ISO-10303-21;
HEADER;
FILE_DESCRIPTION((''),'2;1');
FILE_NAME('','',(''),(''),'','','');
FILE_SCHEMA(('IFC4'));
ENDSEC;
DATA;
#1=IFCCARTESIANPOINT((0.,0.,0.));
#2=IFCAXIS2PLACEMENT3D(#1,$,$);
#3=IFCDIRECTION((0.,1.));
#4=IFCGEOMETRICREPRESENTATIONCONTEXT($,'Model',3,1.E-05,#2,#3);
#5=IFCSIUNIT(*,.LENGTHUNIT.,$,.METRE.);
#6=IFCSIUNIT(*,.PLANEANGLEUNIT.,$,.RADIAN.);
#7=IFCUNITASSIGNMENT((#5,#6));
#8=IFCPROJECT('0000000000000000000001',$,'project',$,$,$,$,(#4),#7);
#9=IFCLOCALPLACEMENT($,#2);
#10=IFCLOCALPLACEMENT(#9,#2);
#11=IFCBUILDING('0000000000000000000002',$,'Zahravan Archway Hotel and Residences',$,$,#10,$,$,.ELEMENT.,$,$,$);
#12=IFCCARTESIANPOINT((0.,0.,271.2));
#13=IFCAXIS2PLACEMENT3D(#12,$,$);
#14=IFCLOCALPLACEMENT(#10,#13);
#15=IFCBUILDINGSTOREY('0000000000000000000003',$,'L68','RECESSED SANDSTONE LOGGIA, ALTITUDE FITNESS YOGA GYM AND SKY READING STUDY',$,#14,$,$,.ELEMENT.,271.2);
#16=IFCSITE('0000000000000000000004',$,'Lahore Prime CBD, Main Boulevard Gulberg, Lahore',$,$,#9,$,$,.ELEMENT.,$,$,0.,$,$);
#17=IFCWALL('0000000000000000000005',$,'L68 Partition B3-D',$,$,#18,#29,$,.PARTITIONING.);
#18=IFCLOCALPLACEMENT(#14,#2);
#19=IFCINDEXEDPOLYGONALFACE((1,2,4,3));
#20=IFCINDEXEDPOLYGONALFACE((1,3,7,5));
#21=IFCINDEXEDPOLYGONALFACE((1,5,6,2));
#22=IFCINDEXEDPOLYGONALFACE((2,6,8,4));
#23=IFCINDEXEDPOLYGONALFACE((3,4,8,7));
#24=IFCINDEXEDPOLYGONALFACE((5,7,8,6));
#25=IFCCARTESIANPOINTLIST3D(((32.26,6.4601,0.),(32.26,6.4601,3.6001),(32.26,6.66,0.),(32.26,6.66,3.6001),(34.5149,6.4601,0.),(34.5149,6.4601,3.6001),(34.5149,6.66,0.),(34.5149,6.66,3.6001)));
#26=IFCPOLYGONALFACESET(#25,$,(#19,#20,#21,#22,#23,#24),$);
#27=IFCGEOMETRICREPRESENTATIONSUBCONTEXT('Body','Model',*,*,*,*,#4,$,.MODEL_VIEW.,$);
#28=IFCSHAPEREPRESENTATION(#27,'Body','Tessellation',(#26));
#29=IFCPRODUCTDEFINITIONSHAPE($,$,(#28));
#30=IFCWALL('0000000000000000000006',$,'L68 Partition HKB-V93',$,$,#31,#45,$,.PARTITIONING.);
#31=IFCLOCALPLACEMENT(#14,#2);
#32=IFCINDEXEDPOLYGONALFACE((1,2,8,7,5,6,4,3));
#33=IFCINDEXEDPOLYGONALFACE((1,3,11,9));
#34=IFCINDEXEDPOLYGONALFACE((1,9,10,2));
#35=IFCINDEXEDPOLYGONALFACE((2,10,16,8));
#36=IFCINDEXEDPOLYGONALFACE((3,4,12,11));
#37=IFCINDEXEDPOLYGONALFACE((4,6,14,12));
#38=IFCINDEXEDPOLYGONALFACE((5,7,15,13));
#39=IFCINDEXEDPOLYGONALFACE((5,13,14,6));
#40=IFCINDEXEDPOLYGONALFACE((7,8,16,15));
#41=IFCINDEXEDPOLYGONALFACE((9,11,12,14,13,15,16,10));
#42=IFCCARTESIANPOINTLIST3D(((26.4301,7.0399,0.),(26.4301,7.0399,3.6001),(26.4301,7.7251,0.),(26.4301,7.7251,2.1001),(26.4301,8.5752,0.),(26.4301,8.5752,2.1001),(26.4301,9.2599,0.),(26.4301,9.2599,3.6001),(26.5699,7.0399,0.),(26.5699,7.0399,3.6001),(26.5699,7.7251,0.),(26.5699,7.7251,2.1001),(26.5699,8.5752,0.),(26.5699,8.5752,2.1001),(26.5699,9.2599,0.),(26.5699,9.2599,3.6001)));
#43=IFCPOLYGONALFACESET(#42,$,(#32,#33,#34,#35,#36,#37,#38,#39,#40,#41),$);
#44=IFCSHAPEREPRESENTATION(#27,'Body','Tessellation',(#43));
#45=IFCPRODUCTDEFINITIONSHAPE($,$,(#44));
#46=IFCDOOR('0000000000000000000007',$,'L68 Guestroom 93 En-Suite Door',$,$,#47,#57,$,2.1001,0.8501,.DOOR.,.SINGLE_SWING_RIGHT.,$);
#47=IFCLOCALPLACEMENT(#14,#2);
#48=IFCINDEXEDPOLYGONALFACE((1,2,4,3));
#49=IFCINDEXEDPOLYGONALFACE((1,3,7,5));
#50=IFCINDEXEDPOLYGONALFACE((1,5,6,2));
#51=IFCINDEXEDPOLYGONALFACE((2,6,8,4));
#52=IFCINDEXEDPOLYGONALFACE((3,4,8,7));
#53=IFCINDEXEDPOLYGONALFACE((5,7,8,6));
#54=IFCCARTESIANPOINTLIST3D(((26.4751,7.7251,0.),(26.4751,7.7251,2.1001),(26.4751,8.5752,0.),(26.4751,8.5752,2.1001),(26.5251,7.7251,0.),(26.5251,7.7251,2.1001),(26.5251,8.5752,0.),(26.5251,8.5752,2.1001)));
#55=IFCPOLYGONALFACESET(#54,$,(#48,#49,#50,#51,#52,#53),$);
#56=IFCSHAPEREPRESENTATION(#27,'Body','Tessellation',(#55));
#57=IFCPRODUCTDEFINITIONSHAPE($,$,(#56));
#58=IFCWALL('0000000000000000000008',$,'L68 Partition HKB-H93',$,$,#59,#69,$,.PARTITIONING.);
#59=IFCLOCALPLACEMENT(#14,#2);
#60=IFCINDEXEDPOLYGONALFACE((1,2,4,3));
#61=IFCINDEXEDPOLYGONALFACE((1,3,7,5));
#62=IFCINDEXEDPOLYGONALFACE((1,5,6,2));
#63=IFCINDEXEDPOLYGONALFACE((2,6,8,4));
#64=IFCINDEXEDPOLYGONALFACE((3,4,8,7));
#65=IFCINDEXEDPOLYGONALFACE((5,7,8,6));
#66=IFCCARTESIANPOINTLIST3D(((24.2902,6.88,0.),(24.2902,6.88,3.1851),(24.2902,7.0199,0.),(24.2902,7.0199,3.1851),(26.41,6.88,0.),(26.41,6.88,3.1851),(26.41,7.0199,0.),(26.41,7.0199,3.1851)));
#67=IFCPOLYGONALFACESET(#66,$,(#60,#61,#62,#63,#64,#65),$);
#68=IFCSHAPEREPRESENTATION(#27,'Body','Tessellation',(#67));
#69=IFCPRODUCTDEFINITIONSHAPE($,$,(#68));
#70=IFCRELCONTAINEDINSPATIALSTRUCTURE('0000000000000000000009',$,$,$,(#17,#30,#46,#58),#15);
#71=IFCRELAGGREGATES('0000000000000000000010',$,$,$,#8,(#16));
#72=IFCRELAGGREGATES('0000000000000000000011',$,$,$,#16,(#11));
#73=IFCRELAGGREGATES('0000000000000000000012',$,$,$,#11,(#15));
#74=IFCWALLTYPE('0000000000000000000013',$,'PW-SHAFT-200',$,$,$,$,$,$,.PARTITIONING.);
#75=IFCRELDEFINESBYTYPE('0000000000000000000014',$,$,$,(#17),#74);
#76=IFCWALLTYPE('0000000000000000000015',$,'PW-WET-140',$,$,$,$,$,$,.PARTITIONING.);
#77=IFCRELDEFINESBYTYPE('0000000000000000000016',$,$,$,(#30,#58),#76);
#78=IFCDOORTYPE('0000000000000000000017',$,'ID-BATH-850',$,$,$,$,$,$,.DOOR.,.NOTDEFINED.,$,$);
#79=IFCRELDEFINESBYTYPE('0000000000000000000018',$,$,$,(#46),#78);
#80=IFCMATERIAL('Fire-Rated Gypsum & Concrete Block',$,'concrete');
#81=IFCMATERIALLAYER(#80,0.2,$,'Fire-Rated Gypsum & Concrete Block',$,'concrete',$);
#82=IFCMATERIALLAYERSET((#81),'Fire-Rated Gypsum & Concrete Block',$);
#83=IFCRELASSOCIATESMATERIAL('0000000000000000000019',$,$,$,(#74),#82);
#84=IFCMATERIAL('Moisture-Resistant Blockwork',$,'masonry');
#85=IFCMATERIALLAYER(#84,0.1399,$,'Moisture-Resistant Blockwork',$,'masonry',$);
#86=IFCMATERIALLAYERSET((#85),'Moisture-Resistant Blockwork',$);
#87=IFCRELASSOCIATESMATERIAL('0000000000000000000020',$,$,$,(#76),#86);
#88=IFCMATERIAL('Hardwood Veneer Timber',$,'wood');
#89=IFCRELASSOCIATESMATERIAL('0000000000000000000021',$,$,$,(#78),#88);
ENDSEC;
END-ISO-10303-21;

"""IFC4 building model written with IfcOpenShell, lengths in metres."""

from ifc_helpers import new_model, si_unit, direction, frame, frame_2d, origin, place, context, subcontext, project, spatial, rectangle, extrude, source, transform, mapped, material, layer, layer_set, type_object, type_shapes, element, fill, save


model = new_model("IFC4")

# Units and contexts
model_context = context("Model", 3, precision=1e-05, world=origin(), true_north=direction((0.0, 1.0)))
body_context = subcontext(model_context, "Body", "Model", "MODEL_VIEW")
ifc_project = project(units=[si_unit("LENGTHUNIT", "METRE"), si_unit("PLANEANGLEUNIT", "RADIAN")], contexts=[model_context])

# Site, building, storey
site_placement = place(None, origin())
site = spatial("IfcSite", under=ifc_project, at=site_placement, Name="Lahore Prime CBD, Main Boulevard Gulberg, Lahore", CompositionType="ELEMENT", RefElevation=0.0)
building_placement = place(site_placement, origin())
building = spatial("IfcBuilding", under=site, at=building_placement, Name="Zahravan Archway Hotel and Residences", CompositionType="ELEMENT")
storey_placement = place(building_placement, frame((0.0, 0.0, 271.2)))
storey = spatial("IfcBuildingStorey", under=building, at=storey_placement, Name="L68", Description="RECESSED SANDSTONE LOGGIA, ALTITUDE FITNESS YOGA GYM AND SKY READING STUDY", CompositionType="ELEMENT", Elevation=271.2)

# Shared definitions
ifc_material_1 = material(Name="Fire-Rated Gypsum & Concrete Block", Category="concrete")

# Shared definitions
ifc_material_2 = material(Name="Hardwood Veneer Timber", Category="wood")

# Shared definitions
ifc_layer_1 = layer(ifc_material_1, 0.2, Name="Fire-Rated Gypsum & Concrete Block", Category="concrete")
ifc_layer_set_1 = layer_set([ifc_layer_1], Name="Fire-Rated Gypsum & Concrete Block")
wall_type_1 = type_object("IfcWallType", Name="PW-SHAFT-200", PredefinedType="PARTITIONING", material=ifc_layer_set_1)

# Wall
wall_1_placement = place(storey_placement, frame((32.26, 6.5601, 0.0), z_axis=(0.0, 0.0, 1.0), x_axis=(1.0, 0.0, 0.0)))
element("IfcWall", 1, at=wall_1_placement, inside=storey, type_object=wall_type_1, Name="L68 Partition B3-D", PredefinedType="PARTITIONING", context=body_context, shape_type="SweptSolid", body=[
    extrude(rectangle(XDim=2.2549, YDim=0.2, at=frame_2d((1.1274, 0.0))), origin(), (0.0, 0.0, 1.0), 3.6001),
])

# Wall, opening, door
ifc_material_3 = material(Name="Moisture-Resistant Blockwork", Category="masonry")
ifc_layer_2 = layer(ifc_material_3, 0.1399, Name="Moisture-Resistant Blockwork", Category="masonry")
ifc_layer_set_2 = layer_set([ifc_layer_2], Name="Moisture-Resistant Blockwork")
wall_type_2 = type_object("IfcWallType", Name="PW-WET-140", PredefinedType="PARTITIONING", material=ifc_layer_set_2)
wall_2_placement = place(storey_placement, frame((26.5, 7.04, 0.0), z_axis=(0.0, 0.0, 1.0), x_axis=(0.0, 1.0, 0.0)))
wall_2 = element("IfcWall", 2, at=wall_2_placement, inside=storey, type_object=wall_type_2, Name="L68 Partition HKB-V93", PredefinedType="PARTITIONING", context=body_context, shape_type="SweptSolid", body=[
    extrude(rectangle(XDim=2.22, YDim=0.1399, at=frame_2d((1.1099, 0.0))), origin(), (0.0, 0.0, 1.0), 3.6001),
])
opening_1_placement = place(wall_2_placement, frame((0.6851, 0.0, 0.0)))
opening_1 = element("IfcOpeningElement", 3, at=opening_1_placement, cuts=wall_2, PredefinedType="OPENING", context=body_context, shape_type="SweptSolid", body=[
    extrude(rectangle(XDim=0.8501, YDim=2.1001, at=frame_2d((0.425, 1.05))), frame((0.0, 0.0801, 0.0), z_axis=(0.0, -1.0, 0.0), x_axis=(1.0, 0.0, 0.0)), (0.0, 0.0, 1.0), 0.1599),
])
door_type_1 = type_object("IfcDoorType", Name="ID-BATH-850", OperationType="NOTDEFINED", PredefinedType="DOOR", material=ifc_material_2)
shared_shape_1 = source(origin(), body_context, "Body", "SweptSolid", [
    extrude(rectangle(XDim=0.8501, YDim=2.1001, at=frame_2d((0.425, 1.05))), frame((0.0, 0.0249, 0.0), z_axis=(0.0, -1.0, 0.0), x_axis=(1.0, 0.0, 0.0)), (0.0, 0.0, 1.0), 0.05),
])
type_shapes(door_type_1, [shared_shape_1])
door_1_placement = place(opening_1_placement, origin())
door_1 = element("IfcDoor", 4, at=door_1_placement, inside=storey, type_object=door_type_1, Name="L68 Guestroom 93 En-Suite Door", OperationType="SINGLE_SWING_RIGHT", OverallHeight=2.1001, OverallWidth=0.8501, PredefinedType="DOOR", context=body_context, shape_type="MappedRepresentation", body=[
    mapped(shared_shape_1, transform((0.0, 0.0, 0.0), scale=1.0)),
])
fill(opening_1, door_1)

# Wall
wall_3_placement = place(storey_placement, frame((24.29, 6.95, 0.0), z_axis=(0.0, 0.0, 1.0), x_axis=(1.0, 0.0, 0.0)))
element("IfcWall", 5, at=wall_3_placement, inside=storey, type_object=wall_type_2, Name="L68 Partition HKB-H93", PredefinedType="PARTITIONING", context=body_context, shape_type="SweptSolid", body=[
    extrude(rectangle(XDim=2.1199, YDim=0.1399, at=frame_2d((1.0601, 0.0))), origin(), (0.0, 0.0, 1.0), 3.1851),
])

save(model, "model.ifc")
